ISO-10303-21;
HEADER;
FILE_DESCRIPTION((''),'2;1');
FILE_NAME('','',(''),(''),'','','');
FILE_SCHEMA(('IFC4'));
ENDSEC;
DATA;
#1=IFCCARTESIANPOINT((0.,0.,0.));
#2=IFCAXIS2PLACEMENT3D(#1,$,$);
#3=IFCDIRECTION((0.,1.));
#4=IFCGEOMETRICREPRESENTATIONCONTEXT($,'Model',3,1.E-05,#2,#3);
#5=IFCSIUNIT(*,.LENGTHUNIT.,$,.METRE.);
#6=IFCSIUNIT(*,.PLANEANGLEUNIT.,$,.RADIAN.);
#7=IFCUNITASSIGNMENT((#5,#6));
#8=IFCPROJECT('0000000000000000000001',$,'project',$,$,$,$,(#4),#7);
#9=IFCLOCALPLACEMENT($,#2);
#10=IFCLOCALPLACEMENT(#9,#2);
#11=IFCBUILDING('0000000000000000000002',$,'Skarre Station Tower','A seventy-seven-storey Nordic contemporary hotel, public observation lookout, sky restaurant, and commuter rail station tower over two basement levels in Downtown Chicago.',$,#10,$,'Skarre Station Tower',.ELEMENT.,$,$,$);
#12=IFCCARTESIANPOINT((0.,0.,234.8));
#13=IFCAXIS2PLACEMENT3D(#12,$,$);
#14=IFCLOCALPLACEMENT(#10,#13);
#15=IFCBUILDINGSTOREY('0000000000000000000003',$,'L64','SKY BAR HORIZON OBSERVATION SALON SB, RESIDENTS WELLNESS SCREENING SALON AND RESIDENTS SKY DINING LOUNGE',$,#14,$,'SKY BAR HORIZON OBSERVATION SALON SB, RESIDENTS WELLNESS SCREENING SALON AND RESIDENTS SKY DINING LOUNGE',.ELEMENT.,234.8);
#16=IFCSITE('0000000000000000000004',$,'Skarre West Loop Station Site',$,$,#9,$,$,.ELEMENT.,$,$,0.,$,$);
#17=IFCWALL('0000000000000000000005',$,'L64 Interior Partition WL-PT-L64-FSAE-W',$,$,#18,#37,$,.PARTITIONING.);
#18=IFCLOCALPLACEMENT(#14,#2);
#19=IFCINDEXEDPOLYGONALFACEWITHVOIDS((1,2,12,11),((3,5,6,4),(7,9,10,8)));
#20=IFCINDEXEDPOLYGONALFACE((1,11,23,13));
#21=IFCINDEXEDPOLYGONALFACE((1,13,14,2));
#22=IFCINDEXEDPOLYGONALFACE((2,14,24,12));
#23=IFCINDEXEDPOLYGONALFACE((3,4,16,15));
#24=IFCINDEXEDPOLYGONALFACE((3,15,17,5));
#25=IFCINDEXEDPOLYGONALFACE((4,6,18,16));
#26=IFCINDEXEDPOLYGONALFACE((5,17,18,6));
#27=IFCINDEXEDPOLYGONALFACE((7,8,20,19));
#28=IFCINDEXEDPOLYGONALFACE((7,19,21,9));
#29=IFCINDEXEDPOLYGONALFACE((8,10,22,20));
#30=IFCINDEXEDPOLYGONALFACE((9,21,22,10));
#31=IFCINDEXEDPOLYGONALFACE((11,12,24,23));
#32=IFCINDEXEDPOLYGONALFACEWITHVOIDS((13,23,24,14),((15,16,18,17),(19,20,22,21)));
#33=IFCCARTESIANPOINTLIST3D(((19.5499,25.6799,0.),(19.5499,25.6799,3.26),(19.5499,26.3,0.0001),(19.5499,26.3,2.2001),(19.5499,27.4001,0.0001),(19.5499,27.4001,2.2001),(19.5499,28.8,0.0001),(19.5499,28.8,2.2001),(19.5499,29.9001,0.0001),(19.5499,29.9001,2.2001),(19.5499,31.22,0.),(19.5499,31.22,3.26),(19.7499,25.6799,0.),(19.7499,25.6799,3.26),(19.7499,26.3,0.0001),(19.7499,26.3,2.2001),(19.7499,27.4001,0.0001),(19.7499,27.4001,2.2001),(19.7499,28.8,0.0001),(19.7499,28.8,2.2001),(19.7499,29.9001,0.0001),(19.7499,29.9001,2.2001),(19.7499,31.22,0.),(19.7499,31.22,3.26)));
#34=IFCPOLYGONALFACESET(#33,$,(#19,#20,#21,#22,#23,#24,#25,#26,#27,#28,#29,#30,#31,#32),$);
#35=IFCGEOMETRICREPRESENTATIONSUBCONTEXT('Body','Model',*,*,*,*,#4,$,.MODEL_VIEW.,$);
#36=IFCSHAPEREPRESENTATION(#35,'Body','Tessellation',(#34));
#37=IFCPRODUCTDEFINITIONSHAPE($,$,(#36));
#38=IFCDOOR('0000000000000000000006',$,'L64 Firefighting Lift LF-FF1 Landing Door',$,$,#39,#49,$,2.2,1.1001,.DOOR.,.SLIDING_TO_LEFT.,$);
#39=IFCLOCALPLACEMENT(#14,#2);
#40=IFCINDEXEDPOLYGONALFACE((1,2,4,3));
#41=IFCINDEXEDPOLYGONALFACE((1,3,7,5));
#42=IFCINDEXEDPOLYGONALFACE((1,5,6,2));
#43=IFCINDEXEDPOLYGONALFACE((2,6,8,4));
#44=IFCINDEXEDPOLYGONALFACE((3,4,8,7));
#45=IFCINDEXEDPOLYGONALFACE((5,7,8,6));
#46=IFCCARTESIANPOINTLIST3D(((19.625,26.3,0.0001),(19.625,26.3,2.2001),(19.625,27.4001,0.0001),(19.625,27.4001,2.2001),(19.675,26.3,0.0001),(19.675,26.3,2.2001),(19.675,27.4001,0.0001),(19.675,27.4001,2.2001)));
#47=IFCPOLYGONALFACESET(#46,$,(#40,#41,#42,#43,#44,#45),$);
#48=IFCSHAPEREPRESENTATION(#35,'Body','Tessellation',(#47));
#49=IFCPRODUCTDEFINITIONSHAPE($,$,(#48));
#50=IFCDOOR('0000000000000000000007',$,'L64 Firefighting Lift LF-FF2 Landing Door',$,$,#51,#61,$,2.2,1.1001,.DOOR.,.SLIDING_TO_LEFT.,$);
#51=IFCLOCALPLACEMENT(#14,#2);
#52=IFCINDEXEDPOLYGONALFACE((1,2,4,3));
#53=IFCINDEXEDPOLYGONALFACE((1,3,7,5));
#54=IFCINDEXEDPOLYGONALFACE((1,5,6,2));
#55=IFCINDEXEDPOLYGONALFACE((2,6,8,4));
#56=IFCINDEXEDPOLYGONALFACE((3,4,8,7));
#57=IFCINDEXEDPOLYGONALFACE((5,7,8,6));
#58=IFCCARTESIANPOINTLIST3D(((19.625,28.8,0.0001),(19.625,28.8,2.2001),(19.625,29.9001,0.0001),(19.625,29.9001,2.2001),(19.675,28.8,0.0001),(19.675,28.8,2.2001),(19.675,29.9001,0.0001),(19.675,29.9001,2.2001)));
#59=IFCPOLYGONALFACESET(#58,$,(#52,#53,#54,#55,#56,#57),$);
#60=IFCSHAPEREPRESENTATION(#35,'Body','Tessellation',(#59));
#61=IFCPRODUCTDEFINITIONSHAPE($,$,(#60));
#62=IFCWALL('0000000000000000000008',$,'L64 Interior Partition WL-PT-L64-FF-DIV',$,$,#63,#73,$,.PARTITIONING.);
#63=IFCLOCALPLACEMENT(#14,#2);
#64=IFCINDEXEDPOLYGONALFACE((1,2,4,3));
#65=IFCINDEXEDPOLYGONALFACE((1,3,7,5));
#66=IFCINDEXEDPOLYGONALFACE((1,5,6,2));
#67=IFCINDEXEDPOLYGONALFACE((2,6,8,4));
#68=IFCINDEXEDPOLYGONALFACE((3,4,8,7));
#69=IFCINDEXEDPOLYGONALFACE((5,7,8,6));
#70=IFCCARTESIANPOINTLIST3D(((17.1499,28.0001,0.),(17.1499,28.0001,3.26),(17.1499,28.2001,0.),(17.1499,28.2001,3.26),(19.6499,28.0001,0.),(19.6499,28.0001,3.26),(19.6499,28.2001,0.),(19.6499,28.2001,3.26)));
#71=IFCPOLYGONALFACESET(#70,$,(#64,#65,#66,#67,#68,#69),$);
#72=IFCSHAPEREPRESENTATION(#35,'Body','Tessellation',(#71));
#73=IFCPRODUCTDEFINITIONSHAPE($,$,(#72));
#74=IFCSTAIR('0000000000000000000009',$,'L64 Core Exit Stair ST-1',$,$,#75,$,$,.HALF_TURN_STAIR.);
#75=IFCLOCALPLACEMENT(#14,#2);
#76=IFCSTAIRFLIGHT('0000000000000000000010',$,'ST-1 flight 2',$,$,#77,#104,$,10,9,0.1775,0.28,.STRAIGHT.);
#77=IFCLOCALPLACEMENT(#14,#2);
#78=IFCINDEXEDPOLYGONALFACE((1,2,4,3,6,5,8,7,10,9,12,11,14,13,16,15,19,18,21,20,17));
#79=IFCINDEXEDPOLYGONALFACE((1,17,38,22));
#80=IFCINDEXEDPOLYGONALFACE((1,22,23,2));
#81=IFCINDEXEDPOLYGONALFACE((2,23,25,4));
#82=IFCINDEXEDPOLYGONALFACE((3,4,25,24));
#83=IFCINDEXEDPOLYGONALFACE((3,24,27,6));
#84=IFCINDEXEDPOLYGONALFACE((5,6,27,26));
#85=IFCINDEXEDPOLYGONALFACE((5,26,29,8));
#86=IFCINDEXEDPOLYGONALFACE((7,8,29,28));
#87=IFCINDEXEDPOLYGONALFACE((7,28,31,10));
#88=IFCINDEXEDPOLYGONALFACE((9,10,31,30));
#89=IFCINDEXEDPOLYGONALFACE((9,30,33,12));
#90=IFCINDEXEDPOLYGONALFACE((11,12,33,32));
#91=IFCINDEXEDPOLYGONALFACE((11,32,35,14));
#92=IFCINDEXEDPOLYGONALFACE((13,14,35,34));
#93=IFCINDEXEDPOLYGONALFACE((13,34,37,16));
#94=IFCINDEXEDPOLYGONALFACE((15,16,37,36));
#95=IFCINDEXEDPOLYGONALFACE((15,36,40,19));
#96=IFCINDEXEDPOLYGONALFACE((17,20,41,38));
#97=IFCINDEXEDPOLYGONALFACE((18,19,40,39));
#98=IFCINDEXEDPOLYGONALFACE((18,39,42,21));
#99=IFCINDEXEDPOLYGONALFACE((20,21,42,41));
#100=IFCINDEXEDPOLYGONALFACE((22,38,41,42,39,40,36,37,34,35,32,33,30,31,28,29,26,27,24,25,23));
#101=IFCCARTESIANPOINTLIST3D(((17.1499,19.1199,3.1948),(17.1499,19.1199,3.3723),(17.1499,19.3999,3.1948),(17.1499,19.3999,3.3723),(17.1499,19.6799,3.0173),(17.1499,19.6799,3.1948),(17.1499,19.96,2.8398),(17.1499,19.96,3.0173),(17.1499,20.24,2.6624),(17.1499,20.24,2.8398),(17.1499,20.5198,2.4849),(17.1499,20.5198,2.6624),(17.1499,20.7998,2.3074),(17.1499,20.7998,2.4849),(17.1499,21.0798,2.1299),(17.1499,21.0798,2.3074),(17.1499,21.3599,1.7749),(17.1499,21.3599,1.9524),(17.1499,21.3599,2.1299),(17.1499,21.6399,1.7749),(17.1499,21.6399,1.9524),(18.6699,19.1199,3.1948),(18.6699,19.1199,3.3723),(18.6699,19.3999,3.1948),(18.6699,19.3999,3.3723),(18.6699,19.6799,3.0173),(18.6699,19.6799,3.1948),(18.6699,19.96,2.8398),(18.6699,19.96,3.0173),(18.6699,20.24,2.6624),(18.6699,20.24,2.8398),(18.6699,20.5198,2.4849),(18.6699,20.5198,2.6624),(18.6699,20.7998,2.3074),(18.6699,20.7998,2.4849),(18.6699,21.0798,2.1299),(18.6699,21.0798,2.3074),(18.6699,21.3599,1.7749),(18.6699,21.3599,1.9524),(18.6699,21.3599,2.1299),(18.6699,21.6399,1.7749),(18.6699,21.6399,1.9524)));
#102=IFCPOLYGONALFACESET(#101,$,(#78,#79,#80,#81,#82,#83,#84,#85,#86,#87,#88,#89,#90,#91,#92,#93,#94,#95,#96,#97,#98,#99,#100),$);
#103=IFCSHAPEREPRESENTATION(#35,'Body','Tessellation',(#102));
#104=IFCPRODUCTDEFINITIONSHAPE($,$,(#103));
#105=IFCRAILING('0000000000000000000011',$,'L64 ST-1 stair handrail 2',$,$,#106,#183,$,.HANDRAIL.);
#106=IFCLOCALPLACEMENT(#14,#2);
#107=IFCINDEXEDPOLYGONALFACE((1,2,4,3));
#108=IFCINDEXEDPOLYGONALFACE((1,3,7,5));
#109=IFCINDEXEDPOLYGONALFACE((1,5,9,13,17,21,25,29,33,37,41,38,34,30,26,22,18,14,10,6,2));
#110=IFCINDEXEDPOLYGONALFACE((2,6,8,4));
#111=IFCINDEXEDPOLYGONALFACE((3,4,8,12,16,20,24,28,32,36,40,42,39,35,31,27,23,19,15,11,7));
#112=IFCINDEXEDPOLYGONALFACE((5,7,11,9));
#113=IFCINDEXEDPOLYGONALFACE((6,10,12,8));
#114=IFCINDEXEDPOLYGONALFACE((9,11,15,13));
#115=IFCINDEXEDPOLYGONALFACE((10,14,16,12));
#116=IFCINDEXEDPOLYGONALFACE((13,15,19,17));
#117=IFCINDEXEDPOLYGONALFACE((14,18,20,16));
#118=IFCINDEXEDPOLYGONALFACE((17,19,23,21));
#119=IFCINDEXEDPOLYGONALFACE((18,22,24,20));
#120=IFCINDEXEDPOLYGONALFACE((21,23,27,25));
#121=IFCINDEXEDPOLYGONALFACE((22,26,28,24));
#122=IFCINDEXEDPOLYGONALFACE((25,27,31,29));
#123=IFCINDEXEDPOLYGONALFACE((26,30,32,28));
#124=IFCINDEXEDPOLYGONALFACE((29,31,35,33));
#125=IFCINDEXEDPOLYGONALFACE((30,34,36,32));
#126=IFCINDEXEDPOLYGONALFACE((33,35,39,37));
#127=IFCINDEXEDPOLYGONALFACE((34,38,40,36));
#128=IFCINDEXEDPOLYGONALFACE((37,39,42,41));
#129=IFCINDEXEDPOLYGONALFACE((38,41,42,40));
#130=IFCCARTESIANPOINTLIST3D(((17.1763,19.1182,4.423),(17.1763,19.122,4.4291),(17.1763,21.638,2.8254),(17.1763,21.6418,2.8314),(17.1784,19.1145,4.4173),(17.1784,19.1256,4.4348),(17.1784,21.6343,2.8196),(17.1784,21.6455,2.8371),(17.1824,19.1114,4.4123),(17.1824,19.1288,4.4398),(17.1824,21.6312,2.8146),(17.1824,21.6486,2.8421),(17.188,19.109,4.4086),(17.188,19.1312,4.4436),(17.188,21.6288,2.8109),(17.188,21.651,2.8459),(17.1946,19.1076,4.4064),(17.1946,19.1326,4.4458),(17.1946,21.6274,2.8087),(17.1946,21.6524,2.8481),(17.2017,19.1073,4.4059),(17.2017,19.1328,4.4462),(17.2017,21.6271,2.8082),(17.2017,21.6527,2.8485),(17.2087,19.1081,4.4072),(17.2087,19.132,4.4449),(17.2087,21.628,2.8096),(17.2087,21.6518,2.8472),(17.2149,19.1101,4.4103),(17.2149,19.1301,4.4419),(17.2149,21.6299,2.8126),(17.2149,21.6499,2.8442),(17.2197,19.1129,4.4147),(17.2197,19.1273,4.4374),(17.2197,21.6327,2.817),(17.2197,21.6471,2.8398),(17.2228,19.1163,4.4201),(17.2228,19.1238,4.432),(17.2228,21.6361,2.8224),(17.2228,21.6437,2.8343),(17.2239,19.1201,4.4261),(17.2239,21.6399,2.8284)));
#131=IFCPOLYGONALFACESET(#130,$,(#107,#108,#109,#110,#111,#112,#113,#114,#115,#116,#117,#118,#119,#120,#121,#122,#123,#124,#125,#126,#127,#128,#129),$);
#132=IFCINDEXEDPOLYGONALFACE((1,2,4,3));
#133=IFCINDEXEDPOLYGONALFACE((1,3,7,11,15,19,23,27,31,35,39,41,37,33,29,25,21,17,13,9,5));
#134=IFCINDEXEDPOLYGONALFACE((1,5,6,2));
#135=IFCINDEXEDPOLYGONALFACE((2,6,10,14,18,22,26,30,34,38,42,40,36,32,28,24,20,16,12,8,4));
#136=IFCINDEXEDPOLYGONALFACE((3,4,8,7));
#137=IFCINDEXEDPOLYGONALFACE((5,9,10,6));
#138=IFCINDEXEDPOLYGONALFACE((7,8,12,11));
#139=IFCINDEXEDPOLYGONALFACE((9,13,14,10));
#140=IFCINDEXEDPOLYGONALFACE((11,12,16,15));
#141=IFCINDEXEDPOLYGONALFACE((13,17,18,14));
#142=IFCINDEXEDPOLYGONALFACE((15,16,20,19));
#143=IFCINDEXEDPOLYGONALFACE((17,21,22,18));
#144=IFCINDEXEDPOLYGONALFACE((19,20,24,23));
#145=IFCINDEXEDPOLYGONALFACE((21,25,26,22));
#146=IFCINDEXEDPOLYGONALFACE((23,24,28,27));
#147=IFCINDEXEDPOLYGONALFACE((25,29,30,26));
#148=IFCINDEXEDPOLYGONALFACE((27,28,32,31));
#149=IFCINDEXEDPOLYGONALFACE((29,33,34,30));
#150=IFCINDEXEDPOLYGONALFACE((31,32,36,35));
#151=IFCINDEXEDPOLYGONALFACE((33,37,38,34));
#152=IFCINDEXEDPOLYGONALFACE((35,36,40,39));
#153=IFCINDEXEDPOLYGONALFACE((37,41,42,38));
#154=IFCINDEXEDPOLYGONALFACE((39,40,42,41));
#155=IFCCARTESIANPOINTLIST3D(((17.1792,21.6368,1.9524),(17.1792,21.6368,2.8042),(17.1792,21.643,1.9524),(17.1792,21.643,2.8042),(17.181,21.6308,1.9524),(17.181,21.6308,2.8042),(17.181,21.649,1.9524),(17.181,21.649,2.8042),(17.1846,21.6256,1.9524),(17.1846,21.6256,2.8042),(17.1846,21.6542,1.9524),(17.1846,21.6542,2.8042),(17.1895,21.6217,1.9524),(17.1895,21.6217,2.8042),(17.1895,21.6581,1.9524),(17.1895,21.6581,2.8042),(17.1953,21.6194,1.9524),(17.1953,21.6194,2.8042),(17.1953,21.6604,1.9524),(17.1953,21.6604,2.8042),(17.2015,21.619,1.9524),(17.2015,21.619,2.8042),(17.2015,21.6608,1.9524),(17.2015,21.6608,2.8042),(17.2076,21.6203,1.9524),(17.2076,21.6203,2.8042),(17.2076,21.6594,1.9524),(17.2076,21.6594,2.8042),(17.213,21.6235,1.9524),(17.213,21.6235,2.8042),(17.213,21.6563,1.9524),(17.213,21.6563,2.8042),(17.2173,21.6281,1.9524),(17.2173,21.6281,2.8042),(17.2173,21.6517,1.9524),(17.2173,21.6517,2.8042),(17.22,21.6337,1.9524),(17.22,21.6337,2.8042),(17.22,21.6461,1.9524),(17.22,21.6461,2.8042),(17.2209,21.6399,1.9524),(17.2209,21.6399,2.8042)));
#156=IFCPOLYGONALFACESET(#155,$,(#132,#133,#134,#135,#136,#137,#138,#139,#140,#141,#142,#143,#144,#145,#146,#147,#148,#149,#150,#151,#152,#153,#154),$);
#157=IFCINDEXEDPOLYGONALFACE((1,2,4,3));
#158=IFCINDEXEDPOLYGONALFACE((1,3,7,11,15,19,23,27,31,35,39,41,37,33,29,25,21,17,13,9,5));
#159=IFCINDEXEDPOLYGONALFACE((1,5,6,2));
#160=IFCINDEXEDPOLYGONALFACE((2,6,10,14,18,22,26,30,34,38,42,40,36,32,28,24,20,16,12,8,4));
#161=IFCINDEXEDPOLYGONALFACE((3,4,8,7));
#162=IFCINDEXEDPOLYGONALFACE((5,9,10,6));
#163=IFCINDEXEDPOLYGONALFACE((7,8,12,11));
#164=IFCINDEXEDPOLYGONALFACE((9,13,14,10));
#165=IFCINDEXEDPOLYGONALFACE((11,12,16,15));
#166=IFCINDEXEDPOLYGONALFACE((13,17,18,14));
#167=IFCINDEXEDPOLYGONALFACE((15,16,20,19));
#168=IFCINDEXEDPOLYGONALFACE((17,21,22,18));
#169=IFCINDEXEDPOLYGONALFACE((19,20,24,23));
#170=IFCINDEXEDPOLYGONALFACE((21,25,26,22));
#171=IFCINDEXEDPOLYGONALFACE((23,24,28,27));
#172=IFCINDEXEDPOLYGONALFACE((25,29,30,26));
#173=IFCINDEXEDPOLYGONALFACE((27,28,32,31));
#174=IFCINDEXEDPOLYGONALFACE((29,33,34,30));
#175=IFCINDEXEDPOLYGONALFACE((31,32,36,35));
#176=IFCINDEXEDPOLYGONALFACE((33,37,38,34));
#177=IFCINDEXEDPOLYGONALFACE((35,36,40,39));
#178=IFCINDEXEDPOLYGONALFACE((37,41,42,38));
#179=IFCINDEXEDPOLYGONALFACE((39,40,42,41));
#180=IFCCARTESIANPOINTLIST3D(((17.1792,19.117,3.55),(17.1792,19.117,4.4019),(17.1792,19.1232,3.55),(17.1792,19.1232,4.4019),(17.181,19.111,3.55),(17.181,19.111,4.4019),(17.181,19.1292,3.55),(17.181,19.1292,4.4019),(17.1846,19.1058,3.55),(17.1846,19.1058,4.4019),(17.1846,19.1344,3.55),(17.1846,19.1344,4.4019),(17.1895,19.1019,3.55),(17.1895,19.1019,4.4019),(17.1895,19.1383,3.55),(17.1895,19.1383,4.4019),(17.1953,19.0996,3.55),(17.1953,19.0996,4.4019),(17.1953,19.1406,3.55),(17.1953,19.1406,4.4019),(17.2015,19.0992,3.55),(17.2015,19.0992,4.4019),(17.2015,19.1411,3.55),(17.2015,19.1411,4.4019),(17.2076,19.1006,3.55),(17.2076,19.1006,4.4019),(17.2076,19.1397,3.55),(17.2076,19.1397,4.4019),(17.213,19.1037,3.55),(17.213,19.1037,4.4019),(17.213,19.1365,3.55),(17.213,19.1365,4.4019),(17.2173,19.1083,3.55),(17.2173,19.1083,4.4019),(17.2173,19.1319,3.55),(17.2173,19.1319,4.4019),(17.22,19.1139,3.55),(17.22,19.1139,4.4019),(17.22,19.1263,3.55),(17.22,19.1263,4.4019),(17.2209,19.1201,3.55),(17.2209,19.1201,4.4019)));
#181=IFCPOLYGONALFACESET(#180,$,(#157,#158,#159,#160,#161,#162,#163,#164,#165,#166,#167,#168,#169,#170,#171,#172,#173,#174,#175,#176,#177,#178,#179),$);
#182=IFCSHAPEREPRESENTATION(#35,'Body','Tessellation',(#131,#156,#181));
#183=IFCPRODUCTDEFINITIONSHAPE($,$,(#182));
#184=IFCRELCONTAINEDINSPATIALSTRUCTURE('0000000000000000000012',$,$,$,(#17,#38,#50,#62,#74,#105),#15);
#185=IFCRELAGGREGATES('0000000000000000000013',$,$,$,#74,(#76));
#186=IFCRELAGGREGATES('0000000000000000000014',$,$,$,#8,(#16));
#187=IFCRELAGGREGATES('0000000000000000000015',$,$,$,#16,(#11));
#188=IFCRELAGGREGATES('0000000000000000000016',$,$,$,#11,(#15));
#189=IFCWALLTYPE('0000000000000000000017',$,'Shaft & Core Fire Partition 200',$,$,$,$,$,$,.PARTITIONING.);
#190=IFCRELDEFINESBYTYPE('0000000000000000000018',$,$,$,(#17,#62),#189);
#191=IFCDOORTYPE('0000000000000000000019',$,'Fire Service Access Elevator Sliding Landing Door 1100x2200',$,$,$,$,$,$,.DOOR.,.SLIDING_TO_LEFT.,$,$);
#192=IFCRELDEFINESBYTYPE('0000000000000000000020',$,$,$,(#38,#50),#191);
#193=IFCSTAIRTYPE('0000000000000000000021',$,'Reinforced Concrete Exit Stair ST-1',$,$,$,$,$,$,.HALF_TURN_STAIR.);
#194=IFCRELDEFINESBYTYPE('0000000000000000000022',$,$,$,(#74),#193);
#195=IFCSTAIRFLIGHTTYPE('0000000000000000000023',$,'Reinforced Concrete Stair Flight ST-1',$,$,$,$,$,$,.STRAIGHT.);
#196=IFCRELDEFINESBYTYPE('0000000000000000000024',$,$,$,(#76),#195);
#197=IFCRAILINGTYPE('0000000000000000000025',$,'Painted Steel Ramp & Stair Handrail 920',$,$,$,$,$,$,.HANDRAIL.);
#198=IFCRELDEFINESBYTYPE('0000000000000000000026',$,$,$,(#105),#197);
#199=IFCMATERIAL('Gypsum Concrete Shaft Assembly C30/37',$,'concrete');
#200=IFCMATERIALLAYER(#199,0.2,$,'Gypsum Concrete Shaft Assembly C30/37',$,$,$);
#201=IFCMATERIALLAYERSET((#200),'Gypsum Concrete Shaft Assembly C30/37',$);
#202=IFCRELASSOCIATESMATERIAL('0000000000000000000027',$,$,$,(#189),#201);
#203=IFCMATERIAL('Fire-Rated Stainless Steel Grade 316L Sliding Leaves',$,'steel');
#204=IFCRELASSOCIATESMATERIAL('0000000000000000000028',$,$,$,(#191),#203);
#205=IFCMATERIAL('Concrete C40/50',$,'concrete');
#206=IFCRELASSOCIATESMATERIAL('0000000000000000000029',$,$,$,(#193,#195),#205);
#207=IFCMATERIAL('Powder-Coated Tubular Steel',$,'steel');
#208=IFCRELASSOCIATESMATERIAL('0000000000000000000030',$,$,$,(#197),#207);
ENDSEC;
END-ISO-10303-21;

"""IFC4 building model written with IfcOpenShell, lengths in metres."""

from ifc_helpers import new_model, si_unit, direction, frame, frame_2d, origin, origin_2d, place, context, subcontext, project, spatial, polyline, rectangle, circle, outline, extrude, material, layer, layer_set, type_object, element, fill, aggregate, save


model = new_model("IFC4")

# Units and contexts
model_context = context("Model", 3, precision=1e-05, world=origin(), true_north=direction((0.0, 1.0)))
body_context = subcontext(model_context, "Body", "Model", "MODEL_VIEW")
ifc_project = project(units=[si_unit("LENGTHUNIT", "METRE"), si_unit("PLANEANGLEUNIT", "RADIAN")], contexts=[model_context])

# Site, building, storey
site_placement = place(None, origin())
site = spatial("IfcSite", under=ifc_project, at=site_placement, Name="Skarre West Loop Station Site", CompositionType="ELEMENT", RefElevation=0.0)
building_placement = place(site_placement, origin())
building = spatial("IfcBuilding", under=site, at=building_placement, Name="Skarre Station Tower", Description="A seventy-seven-storey Nordic contemporary hotel, public observation lookout, sky restaurant, and commuter rail station tower over two basement levels in Downtown Chicago.", LongName="Skarre Station Tower", CompositionType="ELEMENT")
storey_placement = place(building_placement, frame((0.0, 0.0, 234.8)))
storey = spatial("IfcBuildingStorey", under=building, at=storey_placement, Name="L64", Description="SKY BAR HORIZON OBSERVATION SALON SB, RESIDENTS WELLNESS SCREENING SALON AND RESIDENTS SKY DINING LOUNGE", LongName="SKY BAR HORIZON OBSERVATION SALON SB, RESIDENTS WELLNESS SCREENING SALON AND RESIDENTS SKY DINING LOUNGE", CompositionType="ELEMENT", Elevation=234.8)

# Wall, openings, doors
ifc_material_1 = material(Name="Gypsum Concrete Shaft Assembly C30/37", Category="concrete")
ifc_layer_1 = layer(ifc_material_1, 0.2, Name="Gypsum Concrete Shaft Assembly C30/37")
ifc_layer_set_1 = layer_set([ifc_layer_1], Name="Gypsum Concrete Shaft Assembly C30/37")
wall_type_1 = type_object("IfcWallType", Name="Shaft & Core Fire Partition 200", PredefinedType="PARTITIONING", material=ifc_layer_set_1)
wall_1_placement = place(storey_placement, frame((19.6499, 25.6799, 0.0), z_axis=(0.0, 0.0, 1.0), x_axis=(0.0, 1.0, 0.0)))
wall_1 = element("IfcWall", 1, at=wall_1_placement, inside=storey, type_object=wall_type_1, Name="L64 Interior Partition WL-PT-L64-FSAE-W", PredefinedType="PARTITIONING", context=body_context, shape_type="SweptSolid", body=[
    extrude(rectangle(XDim=5.54, YDim=0.2, at=frame_2d((2.77, 0.0))), origin(), (0.0, 0.0, 1.0), 3.26),
])
opening_1_placement = place(wall_1_placement, frame((0.6201, 0.0, 0.0)))
opening_1 = element("IfcOpeningElement", 2, at=opening_1_placement, cuts=wall_1, PredefinedType="OPENING", context=body_context, shape_type="SweptSolid", body=[
    extrude(rectangle(XDim=1.1001, YDim=2.2, at=frame_2d((0.55, 1.1001))), frame((0.0, 0.1099, 0.0), z_axis=(0.0, -1.0, 0.0), x_axis=(1.0, 0.0, 0.0)), (0.0, 0.0, 1.0), 0.22),
])
opening_2_placement = place(wall_1_placement, frame((3.1201, 0.0, 0.0)))
opening_2 = element("IfcOpeningElement", 3, at=opening_2_placement, cuts=wall_1, PredefinedType="OPENING", context=body_context, shape_type="SweptSolid", body=[
    extrude(rectangle(XDim=1.1001, YDim=2.2, at=frame_2d((0.55, 1.1001))), frame((0.0, 0.1099, 0.0), z_axis=(0.0, -1.0, 0.0), x_axis=(1.0, 0.0, 0.0)), (0.0, 0.0, 1.0), 0.22),
])
ifc_material_2 = material(Name="Fire-Rated Stainless Steel Grade 316L Sliding Leaves", Category="steel")
door_type = type_object("IfcDoorType", Name="Fire Service Access Elevator Sliding Landing Door 1100x2200", OperationType="SLIDING_TO_LEFT", PredefinedType="DOOR", material=ifc_material_2)
door_1_placement = place(opening_1_placement, origin())
door_1 = element("IfcDoor", 4, at=door_1_placement, inside=storey, type_object=door_type, Name="L64 Firefighting Lift LF-FF1 Landing Door", OperationType="SLIDING_TO_LEFT", OverallHeight=2.2, OverallWidth=1.1001, PredefinedType="DOOR", context=body_context, shape_type="SweptSolid", body=[
    extrude(rectangle(XDim=1.1001, YDim=2.2, at=frame_2d((0.55, 1.1001))), frame((0.0, 0.0249, 0.0), z_axis=(0.0, -1.0, 0.0), x_axis=(1.0, 0.0, 0.0)), (0.0, 0.0, 1.0), 0.05),
])
fill(opening_1, door_1)
door_2_placement = place(opening_2_placement, origin())
door_2 = element("IfcDoor", 5, at=door_2_placement, inside=storey, type_object=door_type, Name="L64 Firefighting Lift LF-FF2 Landing Door", OperationType="SLIDING_TO_LEFT", OverallHeight=2.2, OverallWidth=1.1001, PredefinedType="DOOR", context=body_context, shape_type="SweptSolid", body=[
    extrude(rectangle(XDim=1.1001, YDim=2.2, at=frame_2d((0.55, 1.1001))), frame((0.0, 0.0249, 0.0), z_axis=(0.0, -1.0, 0.0), x_axis=(1.0, 0.0, 0.0)), (0.0, 0.0, 1.0), 0.05),
])
fill(opening_2, door_2)

# Wall
wall_2_placement = place(storey_placement, frame((17.1499, 28.1001, 0.0), z_axis=(0.0, 0.0, 1.0), x_axis=(1.0, 0.0, 0.0)))
element("IfcWall", 6, at=wall_2_placement, inside=storey, type_object=wall_type_1, Name="L64 Interior Partition WL-PT-L64-FF-DIV", PredefinedType="PARTITIONING", context=body_context, shape_type="SweptSolid", body=[
    extrude(rectangle(XDim=2.5, YDim=0.2, at=frame_2d((1.25, 0.0))), origin(), (0.0, 0.0, 1.0), 3.26),
])

# Stair, stair flight
ifc_material_3 = material(Name="Concrete C40/50", Category="concrete")
stair_type = type_object("IfcStairType", Name="Reinforced Concrete Exit Stair ST-1", PredefinedType="HALF_TURN_STAIR", material=ifc_material_3)
stair_placement = place(storey_placement, origin())
stair = element("IfcStair", 7, at=stair_placement, inside=storey, type_object=stair_type, Name="L64 Core Exit Stair ST-1", PredefinedType="HALF_TURN_STAIR")
stair_flight_type = type_object("IfcStairFlightType", Name="Reinforced Concrete Stair Flight ST-1", PredefinedType="STRAIGHT", material=ifc_material_3)
stair_flight_placement = place(storey_placement, frame((17.9099, 21.6399, 1.7749), z_axis=(0.0, 0.0, 1.0), x_axis=(0.0, -1.0, 0.0)))
stair_flight = element("IfcStairFlight", 8, at=stair_flight_placement, type_object=stair_flight_type, Name="ST-1 flight 2", NumberOfRisers=10, NumberOfTreads=9, PredefinedType="STRAIGHT", RiserHeight=0.1775, TreadLength=0.28, context=body_context, shape_type="SweptSolid", body=[
    extrude(outline(polyline([(0.0, 0.0), (0.0, 0.1775), (0.28, 0.1775), (0.28, 0.355), (0.5601, 0.355), (0.5601, 0.5325), (0.8401, 0.5325), (0.8401, 0.71), (1.1201, 0.71), (1.1201, 0.8875), (1.3999, 0.8875), (1.3999, 1.0649), (1.6799, 1.0649), (1.6799, 1.2424), (1.96, 1.2424), (1.96, 1.4199), (2.24, 1.4199), (2.24, 1.5974), (2.52, 1.5974), (2.52, 1.7749), (2.52, 1.4199), (0.28, 0.0), (0.0, 0.0)])), frame((0.0, 0.76, 0.0), z_axis=(0.0, -1.0, 0.0), x_axis=(1.0, 0.0, 0.0)), (0.0, 0.0, 1.0), 1.52),
])
aggregate(stair, [stair_flight])

# Railing
ifc_material_4 = material(Name="Powder-Coated Tubular Steel", Category="steel")
railing_type_1 = type_object("IfcRailingType", Name="Painted Steel Ramp & Stair Handrail 920", PredefinedType="HANDRAIL", material=ifc_material_4)
railing_1_placement = place(storey_placement, frame((17.2, 21.6399, 1.9524)))
element("IfcRailing", 9, at=railing_1_placement, inside=storey, type_object=railing_type_1, Name="L64 ST-1 stair handrail 2", PredefinedType="HANDRAIL", context=body_context, shape_type="SweptSolid", body=[
    extrude(circle(Radius=0.0239, at=origin_2d()), frame((0.0, 0.0, 0.876), z_axis=(0.0, -0.844546, 0.535482), x_axis=(1.0, 0.0, 0.0)), (0.0, 0.0, 1.0), 2.9836),
    extrude(circle(Radius=0.021, at=origin_2d()), origin(), (0.0, 0.0, 1.0), 0.8518),
    extrude(circle(Radius=0.021, at=origin_2d()), frame((0.0, -2.5198, 1.5977)), (0.0, 0.0, 1.0), 0.8518),
])

save(model, "model.ifc")
